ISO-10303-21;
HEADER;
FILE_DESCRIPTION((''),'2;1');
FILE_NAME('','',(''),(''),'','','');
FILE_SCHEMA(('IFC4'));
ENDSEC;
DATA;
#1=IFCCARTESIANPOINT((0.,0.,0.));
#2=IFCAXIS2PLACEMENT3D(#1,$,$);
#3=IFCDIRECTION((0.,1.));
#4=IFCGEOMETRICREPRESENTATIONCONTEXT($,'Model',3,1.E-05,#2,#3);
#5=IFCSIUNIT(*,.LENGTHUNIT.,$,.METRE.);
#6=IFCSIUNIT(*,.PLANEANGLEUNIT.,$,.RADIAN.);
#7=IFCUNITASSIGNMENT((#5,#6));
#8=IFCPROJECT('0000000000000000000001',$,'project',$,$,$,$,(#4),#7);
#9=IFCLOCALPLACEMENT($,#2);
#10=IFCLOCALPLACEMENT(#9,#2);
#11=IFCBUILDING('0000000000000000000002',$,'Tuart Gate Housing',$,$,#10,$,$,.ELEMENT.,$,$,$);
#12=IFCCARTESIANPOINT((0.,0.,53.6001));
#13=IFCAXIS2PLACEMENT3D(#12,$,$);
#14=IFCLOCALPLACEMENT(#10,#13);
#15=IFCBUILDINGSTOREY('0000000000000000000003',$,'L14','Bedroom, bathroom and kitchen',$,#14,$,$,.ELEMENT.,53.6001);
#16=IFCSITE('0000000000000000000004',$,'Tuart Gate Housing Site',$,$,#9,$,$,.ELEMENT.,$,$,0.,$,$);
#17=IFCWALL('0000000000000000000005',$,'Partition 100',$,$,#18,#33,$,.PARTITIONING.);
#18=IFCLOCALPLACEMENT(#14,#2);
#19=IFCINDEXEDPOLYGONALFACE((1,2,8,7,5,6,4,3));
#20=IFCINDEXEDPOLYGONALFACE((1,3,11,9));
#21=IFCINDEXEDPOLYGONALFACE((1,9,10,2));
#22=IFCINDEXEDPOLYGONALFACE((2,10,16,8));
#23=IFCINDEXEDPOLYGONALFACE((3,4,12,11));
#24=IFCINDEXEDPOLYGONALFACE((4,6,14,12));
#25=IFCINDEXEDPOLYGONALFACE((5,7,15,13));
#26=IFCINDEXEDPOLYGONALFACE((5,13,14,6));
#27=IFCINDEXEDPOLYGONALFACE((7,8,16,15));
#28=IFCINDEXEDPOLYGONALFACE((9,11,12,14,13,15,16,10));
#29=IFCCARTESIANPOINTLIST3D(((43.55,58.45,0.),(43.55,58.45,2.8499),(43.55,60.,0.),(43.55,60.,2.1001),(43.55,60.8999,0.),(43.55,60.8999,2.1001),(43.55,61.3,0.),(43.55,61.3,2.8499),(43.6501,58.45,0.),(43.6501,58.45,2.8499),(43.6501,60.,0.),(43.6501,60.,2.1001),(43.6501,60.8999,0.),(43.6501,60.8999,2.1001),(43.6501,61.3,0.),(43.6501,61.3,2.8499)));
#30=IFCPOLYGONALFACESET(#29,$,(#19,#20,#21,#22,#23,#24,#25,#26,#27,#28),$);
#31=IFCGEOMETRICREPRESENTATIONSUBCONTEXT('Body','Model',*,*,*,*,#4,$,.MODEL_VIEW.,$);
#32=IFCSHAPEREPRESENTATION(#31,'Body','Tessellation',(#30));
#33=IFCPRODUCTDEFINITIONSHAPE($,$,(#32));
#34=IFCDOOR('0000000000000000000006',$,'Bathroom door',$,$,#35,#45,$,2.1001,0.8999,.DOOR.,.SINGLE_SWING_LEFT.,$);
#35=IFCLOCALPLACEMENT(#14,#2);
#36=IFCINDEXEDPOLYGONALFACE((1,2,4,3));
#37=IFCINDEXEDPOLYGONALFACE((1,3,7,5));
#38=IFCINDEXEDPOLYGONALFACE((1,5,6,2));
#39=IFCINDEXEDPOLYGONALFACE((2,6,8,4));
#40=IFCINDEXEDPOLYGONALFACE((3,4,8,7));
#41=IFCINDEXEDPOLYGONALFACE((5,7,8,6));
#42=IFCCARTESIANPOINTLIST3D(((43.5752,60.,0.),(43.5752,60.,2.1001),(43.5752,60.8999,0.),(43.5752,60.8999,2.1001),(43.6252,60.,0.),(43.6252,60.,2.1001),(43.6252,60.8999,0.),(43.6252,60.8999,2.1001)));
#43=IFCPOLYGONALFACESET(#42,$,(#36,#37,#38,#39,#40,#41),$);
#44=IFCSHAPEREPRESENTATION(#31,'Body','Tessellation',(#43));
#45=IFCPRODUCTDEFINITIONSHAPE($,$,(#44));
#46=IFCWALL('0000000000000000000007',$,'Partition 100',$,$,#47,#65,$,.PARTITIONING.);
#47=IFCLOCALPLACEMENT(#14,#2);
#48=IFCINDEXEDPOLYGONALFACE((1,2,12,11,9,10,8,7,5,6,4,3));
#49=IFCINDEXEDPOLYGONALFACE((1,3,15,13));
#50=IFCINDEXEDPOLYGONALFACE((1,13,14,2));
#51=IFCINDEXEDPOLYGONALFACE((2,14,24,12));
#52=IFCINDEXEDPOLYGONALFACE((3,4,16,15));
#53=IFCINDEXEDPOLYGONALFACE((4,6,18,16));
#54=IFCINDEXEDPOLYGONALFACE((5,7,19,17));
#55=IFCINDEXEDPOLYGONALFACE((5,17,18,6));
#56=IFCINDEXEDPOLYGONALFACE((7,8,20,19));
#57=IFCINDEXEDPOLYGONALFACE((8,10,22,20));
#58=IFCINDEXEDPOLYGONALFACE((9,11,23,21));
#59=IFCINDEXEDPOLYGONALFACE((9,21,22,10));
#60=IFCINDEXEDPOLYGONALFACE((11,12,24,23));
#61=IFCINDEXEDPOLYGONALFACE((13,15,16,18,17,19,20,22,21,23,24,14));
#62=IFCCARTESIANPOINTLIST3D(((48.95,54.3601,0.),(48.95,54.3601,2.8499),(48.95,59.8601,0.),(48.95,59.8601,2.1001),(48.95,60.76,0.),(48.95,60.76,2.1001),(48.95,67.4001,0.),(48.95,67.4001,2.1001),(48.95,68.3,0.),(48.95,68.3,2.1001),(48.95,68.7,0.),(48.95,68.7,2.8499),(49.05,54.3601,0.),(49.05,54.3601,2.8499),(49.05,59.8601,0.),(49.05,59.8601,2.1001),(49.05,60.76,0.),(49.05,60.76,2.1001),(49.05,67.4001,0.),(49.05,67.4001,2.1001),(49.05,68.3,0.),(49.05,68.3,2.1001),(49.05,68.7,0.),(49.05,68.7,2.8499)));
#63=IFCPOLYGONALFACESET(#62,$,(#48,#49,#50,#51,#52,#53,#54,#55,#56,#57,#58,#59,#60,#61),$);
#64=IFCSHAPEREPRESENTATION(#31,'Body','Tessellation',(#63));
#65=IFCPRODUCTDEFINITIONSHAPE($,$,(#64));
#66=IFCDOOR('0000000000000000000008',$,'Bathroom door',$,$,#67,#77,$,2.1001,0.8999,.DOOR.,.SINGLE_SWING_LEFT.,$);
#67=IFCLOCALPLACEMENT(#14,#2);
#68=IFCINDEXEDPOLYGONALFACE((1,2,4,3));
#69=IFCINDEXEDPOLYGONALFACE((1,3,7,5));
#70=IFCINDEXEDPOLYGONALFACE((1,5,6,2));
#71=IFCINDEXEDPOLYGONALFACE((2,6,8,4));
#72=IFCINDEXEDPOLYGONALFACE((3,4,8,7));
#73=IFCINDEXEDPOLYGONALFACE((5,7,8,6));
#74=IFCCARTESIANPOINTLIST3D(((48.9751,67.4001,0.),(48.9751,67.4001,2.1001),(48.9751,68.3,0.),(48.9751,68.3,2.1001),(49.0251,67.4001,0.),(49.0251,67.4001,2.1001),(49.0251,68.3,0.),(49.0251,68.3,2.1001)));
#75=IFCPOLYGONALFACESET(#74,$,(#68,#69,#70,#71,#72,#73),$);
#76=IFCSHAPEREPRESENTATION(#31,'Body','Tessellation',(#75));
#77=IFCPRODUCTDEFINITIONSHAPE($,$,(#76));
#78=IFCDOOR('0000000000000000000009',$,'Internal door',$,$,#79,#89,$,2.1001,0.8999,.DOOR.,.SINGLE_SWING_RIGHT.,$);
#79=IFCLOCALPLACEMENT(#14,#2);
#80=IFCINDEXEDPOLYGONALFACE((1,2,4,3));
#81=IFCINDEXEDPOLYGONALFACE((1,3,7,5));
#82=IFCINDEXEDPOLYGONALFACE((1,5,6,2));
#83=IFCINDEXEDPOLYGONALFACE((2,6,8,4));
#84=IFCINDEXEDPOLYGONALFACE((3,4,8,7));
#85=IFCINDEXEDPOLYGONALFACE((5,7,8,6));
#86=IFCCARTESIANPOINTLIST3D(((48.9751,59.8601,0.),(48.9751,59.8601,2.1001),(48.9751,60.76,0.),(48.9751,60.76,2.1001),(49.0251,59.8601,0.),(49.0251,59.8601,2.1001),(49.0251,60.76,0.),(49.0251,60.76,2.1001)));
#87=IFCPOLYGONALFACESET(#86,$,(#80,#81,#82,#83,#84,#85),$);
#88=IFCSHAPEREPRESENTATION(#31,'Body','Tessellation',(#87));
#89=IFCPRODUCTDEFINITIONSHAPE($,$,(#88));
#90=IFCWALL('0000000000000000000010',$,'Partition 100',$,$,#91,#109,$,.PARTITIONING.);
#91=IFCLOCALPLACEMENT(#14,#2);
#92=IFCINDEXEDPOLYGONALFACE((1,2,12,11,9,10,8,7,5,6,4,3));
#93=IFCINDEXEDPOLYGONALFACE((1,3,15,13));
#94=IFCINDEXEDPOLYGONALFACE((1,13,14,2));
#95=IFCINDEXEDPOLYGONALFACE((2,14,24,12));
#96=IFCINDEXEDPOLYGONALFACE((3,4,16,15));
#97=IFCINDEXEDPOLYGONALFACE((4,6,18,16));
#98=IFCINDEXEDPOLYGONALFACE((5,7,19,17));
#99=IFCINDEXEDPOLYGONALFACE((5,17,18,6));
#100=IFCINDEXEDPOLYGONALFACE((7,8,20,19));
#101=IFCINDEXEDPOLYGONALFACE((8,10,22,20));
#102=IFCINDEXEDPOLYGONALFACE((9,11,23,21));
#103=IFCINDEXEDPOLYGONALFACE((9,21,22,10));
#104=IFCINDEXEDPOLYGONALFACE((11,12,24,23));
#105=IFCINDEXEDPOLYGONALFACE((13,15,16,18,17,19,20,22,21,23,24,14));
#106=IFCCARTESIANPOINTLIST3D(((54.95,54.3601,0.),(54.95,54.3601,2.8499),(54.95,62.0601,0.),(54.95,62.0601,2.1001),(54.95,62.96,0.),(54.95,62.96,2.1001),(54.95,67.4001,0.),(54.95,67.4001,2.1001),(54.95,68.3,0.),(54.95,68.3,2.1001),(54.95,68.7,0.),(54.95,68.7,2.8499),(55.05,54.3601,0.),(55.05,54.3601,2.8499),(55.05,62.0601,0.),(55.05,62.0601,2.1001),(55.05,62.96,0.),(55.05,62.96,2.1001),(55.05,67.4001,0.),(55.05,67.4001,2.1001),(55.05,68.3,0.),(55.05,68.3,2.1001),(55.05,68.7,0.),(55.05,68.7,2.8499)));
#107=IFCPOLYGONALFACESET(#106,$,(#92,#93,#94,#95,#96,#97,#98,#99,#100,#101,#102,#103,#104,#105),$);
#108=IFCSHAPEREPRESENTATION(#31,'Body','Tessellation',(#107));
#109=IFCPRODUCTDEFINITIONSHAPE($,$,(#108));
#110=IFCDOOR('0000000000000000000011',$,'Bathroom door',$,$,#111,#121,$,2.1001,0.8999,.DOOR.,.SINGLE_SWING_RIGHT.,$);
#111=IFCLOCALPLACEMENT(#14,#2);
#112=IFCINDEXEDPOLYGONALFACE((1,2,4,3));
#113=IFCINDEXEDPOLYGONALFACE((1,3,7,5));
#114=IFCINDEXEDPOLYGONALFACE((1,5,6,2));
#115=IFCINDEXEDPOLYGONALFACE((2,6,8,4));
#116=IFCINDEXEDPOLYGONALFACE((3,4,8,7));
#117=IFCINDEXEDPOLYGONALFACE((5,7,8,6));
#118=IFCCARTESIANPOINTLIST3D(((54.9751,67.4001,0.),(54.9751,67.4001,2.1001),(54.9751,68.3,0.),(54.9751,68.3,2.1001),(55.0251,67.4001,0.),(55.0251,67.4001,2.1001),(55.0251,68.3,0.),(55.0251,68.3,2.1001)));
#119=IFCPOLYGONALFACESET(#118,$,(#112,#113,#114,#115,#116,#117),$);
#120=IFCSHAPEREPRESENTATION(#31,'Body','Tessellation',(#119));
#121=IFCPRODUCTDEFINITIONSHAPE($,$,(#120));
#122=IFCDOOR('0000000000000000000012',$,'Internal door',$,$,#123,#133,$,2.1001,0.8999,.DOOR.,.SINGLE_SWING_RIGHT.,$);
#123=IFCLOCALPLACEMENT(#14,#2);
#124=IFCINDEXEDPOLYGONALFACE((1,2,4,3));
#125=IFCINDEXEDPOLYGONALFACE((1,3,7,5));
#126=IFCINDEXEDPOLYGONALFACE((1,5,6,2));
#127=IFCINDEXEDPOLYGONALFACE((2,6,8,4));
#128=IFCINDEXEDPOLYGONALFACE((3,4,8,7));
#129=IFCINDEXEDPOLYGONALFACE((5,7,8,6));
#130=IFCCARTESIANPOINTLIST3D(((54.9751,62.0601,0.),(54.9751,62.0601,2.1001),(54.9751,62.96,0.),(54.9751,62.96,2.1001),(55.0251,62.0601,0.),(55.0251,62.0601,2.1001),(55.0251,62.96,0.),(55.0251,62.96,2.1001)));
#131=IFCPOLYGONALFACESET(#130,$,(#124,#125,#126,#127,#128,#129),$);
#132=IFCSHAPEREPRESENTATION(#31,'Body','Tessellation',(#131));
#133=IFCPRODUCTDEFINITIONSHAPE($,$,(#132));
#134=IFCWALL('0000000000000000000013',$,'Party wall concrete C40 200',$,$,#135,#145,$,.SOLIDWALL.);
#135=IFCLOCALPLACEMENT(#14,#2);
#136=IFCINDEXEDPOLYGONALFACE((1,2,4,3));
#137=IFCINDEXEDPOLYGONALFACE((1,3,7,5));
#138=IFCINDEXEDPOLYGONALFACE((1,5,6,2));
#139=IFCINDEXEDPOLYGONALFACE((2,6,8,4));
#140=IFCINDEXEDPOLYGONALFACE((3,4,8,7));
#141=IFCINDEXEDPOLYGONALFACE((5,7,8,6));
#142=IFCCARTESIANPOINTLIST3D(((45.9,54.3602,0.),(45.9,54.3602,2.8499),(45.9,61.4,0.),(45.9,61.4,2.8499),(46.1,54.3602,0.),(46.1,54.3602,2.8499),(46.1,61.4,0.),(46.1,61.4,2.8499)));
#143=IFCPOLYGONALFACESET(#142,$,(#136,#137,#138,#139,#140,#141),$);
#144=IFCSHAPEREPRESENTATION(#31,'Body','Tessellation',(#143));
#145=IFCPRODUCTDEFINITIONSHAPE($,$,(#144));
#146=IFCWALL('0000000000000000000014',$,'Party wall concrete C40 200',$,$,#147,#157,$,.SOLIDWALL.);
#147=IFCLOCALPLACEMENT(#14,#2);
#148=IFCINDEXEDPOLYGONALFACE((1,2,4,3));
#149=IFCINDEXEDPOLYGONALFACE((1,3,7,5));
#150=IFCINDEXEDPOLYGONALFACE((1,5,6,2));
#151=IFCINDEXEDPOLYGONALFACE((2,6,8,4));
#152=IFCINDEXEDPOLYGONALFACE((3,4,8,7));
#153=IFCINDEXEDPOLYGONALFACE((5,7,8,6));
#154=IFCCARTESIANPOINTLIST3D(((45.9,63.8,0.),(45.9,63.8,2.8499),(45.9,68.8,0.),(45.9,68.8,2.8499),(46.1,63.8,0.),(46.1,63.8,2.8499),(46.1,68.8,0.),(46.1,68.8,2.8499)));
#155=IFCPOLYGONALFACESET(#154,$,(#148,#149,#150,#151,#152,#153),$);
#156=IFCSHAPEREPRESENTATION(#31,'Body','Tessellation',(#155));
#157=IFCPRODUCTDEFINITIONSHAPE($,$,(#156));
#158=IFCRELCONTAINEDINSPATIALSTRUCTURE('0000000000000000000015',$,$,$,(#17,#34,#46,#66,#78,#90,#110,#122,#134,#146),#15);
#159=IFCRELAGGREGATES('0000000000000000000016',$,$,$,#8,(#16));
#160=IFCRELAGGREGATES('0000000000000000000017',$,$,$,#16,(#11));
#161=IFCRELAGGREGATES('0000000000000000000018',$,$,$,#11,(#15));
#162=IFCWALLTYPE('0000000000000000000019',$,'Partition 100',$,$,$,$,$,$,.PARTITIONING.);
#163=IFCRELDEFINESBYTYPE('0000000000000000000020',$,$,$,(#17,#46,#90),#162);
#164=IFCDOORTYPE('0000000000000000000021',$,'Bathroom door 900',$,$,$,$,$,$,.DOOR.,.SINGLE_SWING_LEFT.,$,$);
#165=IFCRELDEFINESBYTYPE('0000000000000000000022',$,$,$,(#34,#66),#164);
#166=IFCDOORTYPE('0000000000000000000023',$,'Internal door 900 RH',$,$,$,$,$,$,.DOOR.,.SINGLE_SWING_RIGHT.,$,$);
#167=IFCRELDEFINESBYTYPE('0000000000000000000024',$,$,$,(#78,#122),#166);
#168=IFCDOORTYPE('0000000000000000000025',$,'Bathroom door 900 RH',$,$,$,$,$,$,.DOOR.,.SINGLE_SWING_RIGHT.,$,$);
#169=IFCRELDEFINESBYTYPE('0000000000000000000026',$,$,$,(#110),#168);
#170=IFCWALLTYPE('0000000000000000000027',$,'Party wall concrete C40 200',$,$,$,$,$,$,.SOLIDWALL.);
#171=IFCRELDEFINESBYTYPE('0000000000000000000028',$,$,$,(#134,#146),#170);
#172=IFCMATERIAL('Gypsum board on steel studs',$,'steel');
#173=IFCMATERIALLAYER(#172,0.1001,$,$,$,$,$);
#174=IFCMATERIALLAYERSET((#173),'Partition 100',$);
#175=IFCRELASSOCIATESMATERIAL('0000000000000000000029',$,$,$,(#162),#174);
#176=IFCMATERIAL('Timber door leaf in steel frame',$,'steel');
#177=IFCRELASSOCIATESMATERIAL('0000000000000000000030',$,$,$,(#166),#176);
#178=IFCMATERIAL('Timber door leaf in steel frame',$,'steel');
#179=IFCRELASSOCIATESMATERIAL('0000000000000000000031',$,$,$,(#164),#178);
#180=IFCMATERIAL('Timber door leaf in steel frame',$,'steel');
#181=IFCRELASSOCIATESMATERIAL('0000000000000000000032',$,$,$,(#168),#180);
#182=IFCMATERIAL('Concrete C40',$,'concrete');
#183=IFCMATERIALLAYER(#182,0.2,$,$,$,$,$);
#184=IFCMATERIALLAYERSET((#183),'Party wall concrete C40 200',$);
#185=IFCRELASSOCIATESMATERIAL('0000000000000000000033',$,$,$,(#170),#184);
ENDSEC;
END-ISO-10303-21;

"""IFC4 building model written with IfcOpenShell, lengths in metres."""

from ifc_helpers import new_model, si_unit, direction, frame, frame_2d, origin, place, context, subcontext, project, spatial, rectangle, extrude, material, layer, layer_set, type_object, element, fill, save


model = new_model("IFC4")

# Units and contexts
model_context = context("Model", 3, precision=1e-05, world=origin(), true_north=direction((0.0, 1.0)))
body_context = subcontext(model_context, "Body", "Model", "MODEL_VIEW")
ifc_project = project(units=[si_unit("LENGTHUNIT", "METRE"), si_unit("PLANEANGLEUNIT", "RADIAN")], contexts=[model_context])

# Site, building, storey
site_placement = place(None, origin())
site = spatial("IfcSite", under=ifc_project, at=site_placement, Name="Tuart Gate Housing Site", CompositionType="ELEMENT", RefElevation=0.0)
building_placement = place(site_placement, origin())
building = spatial("IfcBuilding", under=site, at=building_placement, Name="Tuart Gate Housing", CompositionType="ELEMENT")
storey_placement = place(building_placement, frame((0.0, 0.0, 53.6001)))
storey = spatial("IfcBuildingStorey", under=building, at=storey_placement, Name="L14", Description="Bedroom, bathroom and kitchen", CompositionType="ELEMENT", Elevation=53.6001)

# Shared definitions
ifc_material_1 = material(Name="Gypsum board on steel studs", Category="steel")
ifc_layer_1 = layer(ifc_material_1, 0.1001)
ifc_layer_set_1 = layer_set([ifc_layer_1], Name="Partition 100")
wall_type_1 = type_object("IfcWallType", Name="Partition 100", PredefinedType="PARTITIONING", material=ifc_layer_set_1)

# Shared definitions
ifc_material_2 = material(Name="Timber door leaf in steel frame", Category="steel")
door_type_1 = type_object("IfcDoorType", Name="Internal door 900 RH", OperationType="SINGLE_SWING_RIGHT", PredefinedType="DOOR", material=ifc_material_2)

# Wall, opening, door
wall_1_placement = place(storey_placement, frame((43.6001, 58.45, 0.0), z_axis=(0.0, 0.0, 1.0), x_axis=(0.0, 1.0, 0.0)))
wall_1 = element("IfcWall", 1, at=wall_1_placement, inside=storey, type_object=wall_type_1, Name="Partition 100", PredefinedType="PARTITIONING", context=body_context, shape_type="SweptSolid", body=[
    extrude(rectangle(XDim=2.8501, YDim=0.1001, at=frame_2d((1.425, 0.0))), origin(), (0.0, 0.0, 1.0), 2.8499),
])
opening_1_placement = place(wall_1_placement, frame((1.55, 0.0, 0.0)))
opening_1 = element("IfcOpeningElement", 2, at=opening_1_placement, cuts=wall_1, PredefinedType="OPENING", context=body_context, shape_type="SweptSolid", body=[
    extrude(rectangle(XDim=0.8999, YDim=2.1001, at=frame_2d((0.45, 1.05))), frame((0.0, 0.0601, 0.0), z_axis=(0.0, -1.0, 0.0), x_axis=(1.0, 0.0, 0.0)), (0.0, 0.0, 1.0), 0.1201),
])
ifc_material_3 = material(Name="Timber door leaf in steel frame", Category="steel")
door_type_2 = type_object("IfcDoorType", Name="Bathroom door 900", OperationType="SINGLE_SWING_LEFT", PredefinedType="DOOR", material=ifc_material_3)
door_1_placement = place(opening_1_placement, frame((0.8999, 0.0, 0.0), z_axis=(0.0, 0.0, 1.0), x_axis=(-1.0, 0.0, 0.0)))
door_1 = element("IfcDoor", 3, at=door_1_placement, inside=storey, type_object=door_type_2, Name="Bathroom door", OperationType="SINGLE_SWING_LEFT", OverallHeight=2.1001, OverallWidth=0.8999, PredefinedType="DOOR", context=body_context, shape_type="SweptSolid", body=[
    extrude(rectangle(XDim=0.8999, YDim=2.1001, at=frame_2d((0.45, 1.05))), frame((0.0, 0.0251, 0.0), z_axis=(0.0, -1.0, 0.0), x_axis=(1.0, 0.0, 0.0)), (0.0, 0.0, 1.0), 0.05),
])
fill(opening_1, door_1)

# Walls, openings, doors
wall_2_placement = place(storey_placement, frame((49.0, 54.3601, 0.0), z_axis=(0.0, 0.0, 1.0), x_axis=(0.0, 1.0, 0.0)))
wall_2 = element("IfcWall", 4, at=wall_2_placement, inside=storey, type_object=wall_type_1, Name="Partition 100", PredefinedType="PARTITIONING", context=body_context, shape_type="SweptSolid", body=[
    extrude(rectangle(XDim=14.3398, YDim=0.1001, at=frame_2d((7.1699, 0.0))), origin(), (0.0, 0.0, 1.0), 2.8499),
])
opening_2_placement = place(wall_2_placement, frame((5.5, 0.0, 0.0)))
opening_2 = element("IfcOpeningElement", 5, at=opening_2_placement, cuts=wall_2, PredefinedType="OPENING", context=body_context, shape_type="SweptSolid", body=[
    extrude(rectangle(XDim=0.8999, YDim=2.1001, at=frame_2d((0.45, 1.05))), frame((0.0, 0.0601, 0.0), z_axis=(0.0, -1.0, 0.0), x_axis=(1.0, 0.0, 0.0)), (0.0, 0.0, 1.0), 0.1201),
])
opening_3_placement = place(wall_2_placement, frame((13.04, 0.0, 0.0)))
opening_3 = element("IfcOpeningElement", 6, at=opening_3_placement, cuts=wall_2, PredefinedType="OPENING", context=body_context, shape_type="SweptSolid", body=[
    extrude(rectangle(XDim=0.8999, YDim=2.1001, at=frame_2d((0.45, 1.05))), frame((0.0, 0.0601, 0.0), z_axis=(0.0, -1.0, 0.0), x_axis=(1.0, 0.0, 0.0)), (0.0, 0.0, 1.0), 0.1201),
])
door_2_placement = place(opening_3_placement, frame((0.8999, 0.0, 0.0), z_axis=(0.0, 0.0, 1.0), x_axis=(-1.0, 0.0, 0.0)))
door_2 = element("IfcDoor", 7, at=door_2_placement, inside=storey, type_object=door_type_2, Name="Bathroom door", OperationType="SINGLE_SWING_LEFT", OverallHeight=2.1001, OverallWidth=0.8999, PredefinedType="DOOR", context=body_context, shape_type="SweptSolid", body=[
    extrude(rectangle(XDim=0.8999, YDim=2.1001, at=frame_2d((0.45, 1.05))), frame((0.0, 0.0251, 0.0), z_axis=(0.0, -1.0, 0.0), x_axis=(1.0, 0.0, 0.0)), (0.0, 0.0, 1.0), 0.05),
])
fill(opening_3, door_2)
door_3_placement = place(opening_2_placement, frame((0.8999, 0.0, 0.0), z_axis=(0.0, 0.0, 1.0), x_axis=(-1.0, 0.0, 0.0)))
door_3 = element("IfcDoor", 8, at=door_3_placement, inside=storey, type_object=door_type_1, Name="Internal door", OperationType="SINGLE_SWING_RIGHT", OverallHeight=2.1001, OverallWidth=0.8999, PredefinedType="DOOR", context=body_context, shape_type="SweptSolid", body=[
    extrude(rectangle(XDim=0.8999, YDim=2.1001, at=frame_2d((0.45, 1.05))), frame((0.0, 0.0251, 0.0), z_axis=(0.0, -1.0, 0.0), x_axis=(1.0, 0.0, 0.0)), (0.0, 0.0, 1.0), 0.05),
])
fill(opening_2, door_3)
wall_3_placement = place(storey_placement, frame((55.0, 54.3601, 0.0), z_axis=(0.0, 0.0, 1.0), x_axis=(0.0, 1.0, 0.0)))
wall_3 = element("IfcWall", 9, at=wall_3_placement, inside=storey, type_object=wall_type_1, Name="Partition 100", PredefinedType="PARTITIONING", context=body_context, shape_type="SweptSolid", body=[
    extrude(rectangle(XDim=14.3398, YDim=0.1001, at=frame_2d((7.1699, 0.0))), origin(), (0.0, 0.0, 1.0), 2.8499),
])
opening_4_placement = place(wall_3_placement, frame((7.7, 0.0, 0.0)))
opening_4 = element("IfcOpeningElement", 10, at=opening_4_placement, cuts=wall_3, PredefinedType="OPENING", context=body_context, shape_type="SweptSolid", body=[
    extrude(rectangle(XDim=0.8999, YDim=2.1001, at=frame_2d((0.45, 1.05))), frame((0.0, 0.0601, 0.0), z_axis=(0.0, -1.0, 0.0), x_axis=(1.0, 0.0, 0.0)), (0.0, 0.0, 1.0), 0.1201),
])
opening_5_placement = place(wall_3_placement, frame((13.04, 0.0, 0.0)))
opening_5 = element("IfcOpeningElement", 11, at=opening_5_placement, cuts=wall_3, PredefinedType="OPENING", context=body_context, shape_type="SweptSolid", body=[
    extrude(rectangle(XDim=0.8999, YDim=2.1001, at=frame_2d((0.45, 1.05))), frame((0.0, 0.0601, 0.0), z_axis=(0.0, -1.0, 0.0), x_axis=(1.0, 0.0, 0.0)), (0.0, 0.0, 1.0), 0.1201),
])
ifc_material_4 = material(Name="Timber door leaf in steel frame", Category="steel")
door_type_3 = type_object("IfcDoorType", Name="Bathroom door 900 RH", OperationType="SINGLE_SWING_RIGHT", PredefinedType="DOOR", material=ifc_material_4)
door_4_placement = place(opening_5_placement, origin())
door_4 = element("IfcDoor", 12, at=door_4_placement, inside=storey, type_object=door_type_3, Name="Bathroom door", OperationType="SINGLE_SWING_RIGHT", OverallHeight=2.1001, OverallWidth=0.8999, PredefinedType="DOOR", context=body_context, shape_type="SweptSolid", body=[
    extrude(rectangle(XDim=0.8999, YDim=2.1001, at=frame_2d((0.45, 1.05))), frame((0.0, 0.0249, 0.0), z_axis=(0.0, -1.0, 0.0), x_axis=(1.0, 0.0, 0.0)), (0.0, 0.0, 1.0), 0.05),
])
fill(opening_5, door_4)
door_5_placement = place(opening_4_placement, origin())
door_5 = element("IfcDoor", 13, at=door_5_placement, inside=storey, type_object=door_type_1, Name="Internal door", OperationType="SINGLE_SWING_RIGHT", OverallHeight=2.1001, OverallWidth=0.8999, PredefinedType="DOOR", context=body_context, shape_type="SweptSolid", body=[
    extrude(rectangle(XDim=0.8999, YDim=2.1001, at=frame_2d((0.45, 1.05))), frame((0.0, 0.0249, 0.0), z_axis=(0.0, -1.0, 0.0), x_axis=(1.0, 0.0, 0.0)), (0.0, 0.0, 1.0), 0.05),
])
fill(opening_4, door_5)

# Walls
ifc_material_5 = material(Name="Concrete C40", Category="concrete")
ifc_layer_2 = layer(ifc_material_5, 0.2)
ifc_layer_set_2 = layer_set([ifc_layer_2], Name="Party wall concrete C40 200")
wall_type_2 = type_object("IfcWallType", Name="Party wall concrete C40 200", PredefinedType="SOLIDWALL", material=ifc_layer_set_2)
wall_4_placement = place(storey_placement, frame((46.0, 54.3601, 0.0), z_axis=(0.0, 0.0, 1.0), x_axis=(0.0, 1.0, 0.0)))
element("IfcWall", 14, at=wall_4_placement, inside=storey, type_object=wall_type_2, Name="Party wall concrete C40 200", PredefinedType="SOLIDWALL", context=body_context, shape_type="SweptSolid", body=[
    extrude(rectangle(XDim=7.0398, YDim=0.2, at=frame_2d((3.52, 0.0))), origin(), (0.0, 0.0, 1.0), 2.8499),
])
wall_5_placement = place(storey_placement, frame((46.0, 63.8, 0.0), z_axis=(0.0, 0.0, 1.0), x_axis=(0.0, 1.0, 0.0)))
element("IfcWall", 15, at=wall_5_placement, inside=storey, type_object=wall_type_2, Name="Party wall concrete C40 200", PredefinedType="SOLIDWALL", context=body_context, shape_type="SweptSolid", body=[
    extrude(rectangle(XDim=5.0, YDim=0.2, at=frame_2d((2.5, 0.0))), origin(), (0.0, 0.0, 1.0), 2.8499),
])

save(model, "model.ifc")
